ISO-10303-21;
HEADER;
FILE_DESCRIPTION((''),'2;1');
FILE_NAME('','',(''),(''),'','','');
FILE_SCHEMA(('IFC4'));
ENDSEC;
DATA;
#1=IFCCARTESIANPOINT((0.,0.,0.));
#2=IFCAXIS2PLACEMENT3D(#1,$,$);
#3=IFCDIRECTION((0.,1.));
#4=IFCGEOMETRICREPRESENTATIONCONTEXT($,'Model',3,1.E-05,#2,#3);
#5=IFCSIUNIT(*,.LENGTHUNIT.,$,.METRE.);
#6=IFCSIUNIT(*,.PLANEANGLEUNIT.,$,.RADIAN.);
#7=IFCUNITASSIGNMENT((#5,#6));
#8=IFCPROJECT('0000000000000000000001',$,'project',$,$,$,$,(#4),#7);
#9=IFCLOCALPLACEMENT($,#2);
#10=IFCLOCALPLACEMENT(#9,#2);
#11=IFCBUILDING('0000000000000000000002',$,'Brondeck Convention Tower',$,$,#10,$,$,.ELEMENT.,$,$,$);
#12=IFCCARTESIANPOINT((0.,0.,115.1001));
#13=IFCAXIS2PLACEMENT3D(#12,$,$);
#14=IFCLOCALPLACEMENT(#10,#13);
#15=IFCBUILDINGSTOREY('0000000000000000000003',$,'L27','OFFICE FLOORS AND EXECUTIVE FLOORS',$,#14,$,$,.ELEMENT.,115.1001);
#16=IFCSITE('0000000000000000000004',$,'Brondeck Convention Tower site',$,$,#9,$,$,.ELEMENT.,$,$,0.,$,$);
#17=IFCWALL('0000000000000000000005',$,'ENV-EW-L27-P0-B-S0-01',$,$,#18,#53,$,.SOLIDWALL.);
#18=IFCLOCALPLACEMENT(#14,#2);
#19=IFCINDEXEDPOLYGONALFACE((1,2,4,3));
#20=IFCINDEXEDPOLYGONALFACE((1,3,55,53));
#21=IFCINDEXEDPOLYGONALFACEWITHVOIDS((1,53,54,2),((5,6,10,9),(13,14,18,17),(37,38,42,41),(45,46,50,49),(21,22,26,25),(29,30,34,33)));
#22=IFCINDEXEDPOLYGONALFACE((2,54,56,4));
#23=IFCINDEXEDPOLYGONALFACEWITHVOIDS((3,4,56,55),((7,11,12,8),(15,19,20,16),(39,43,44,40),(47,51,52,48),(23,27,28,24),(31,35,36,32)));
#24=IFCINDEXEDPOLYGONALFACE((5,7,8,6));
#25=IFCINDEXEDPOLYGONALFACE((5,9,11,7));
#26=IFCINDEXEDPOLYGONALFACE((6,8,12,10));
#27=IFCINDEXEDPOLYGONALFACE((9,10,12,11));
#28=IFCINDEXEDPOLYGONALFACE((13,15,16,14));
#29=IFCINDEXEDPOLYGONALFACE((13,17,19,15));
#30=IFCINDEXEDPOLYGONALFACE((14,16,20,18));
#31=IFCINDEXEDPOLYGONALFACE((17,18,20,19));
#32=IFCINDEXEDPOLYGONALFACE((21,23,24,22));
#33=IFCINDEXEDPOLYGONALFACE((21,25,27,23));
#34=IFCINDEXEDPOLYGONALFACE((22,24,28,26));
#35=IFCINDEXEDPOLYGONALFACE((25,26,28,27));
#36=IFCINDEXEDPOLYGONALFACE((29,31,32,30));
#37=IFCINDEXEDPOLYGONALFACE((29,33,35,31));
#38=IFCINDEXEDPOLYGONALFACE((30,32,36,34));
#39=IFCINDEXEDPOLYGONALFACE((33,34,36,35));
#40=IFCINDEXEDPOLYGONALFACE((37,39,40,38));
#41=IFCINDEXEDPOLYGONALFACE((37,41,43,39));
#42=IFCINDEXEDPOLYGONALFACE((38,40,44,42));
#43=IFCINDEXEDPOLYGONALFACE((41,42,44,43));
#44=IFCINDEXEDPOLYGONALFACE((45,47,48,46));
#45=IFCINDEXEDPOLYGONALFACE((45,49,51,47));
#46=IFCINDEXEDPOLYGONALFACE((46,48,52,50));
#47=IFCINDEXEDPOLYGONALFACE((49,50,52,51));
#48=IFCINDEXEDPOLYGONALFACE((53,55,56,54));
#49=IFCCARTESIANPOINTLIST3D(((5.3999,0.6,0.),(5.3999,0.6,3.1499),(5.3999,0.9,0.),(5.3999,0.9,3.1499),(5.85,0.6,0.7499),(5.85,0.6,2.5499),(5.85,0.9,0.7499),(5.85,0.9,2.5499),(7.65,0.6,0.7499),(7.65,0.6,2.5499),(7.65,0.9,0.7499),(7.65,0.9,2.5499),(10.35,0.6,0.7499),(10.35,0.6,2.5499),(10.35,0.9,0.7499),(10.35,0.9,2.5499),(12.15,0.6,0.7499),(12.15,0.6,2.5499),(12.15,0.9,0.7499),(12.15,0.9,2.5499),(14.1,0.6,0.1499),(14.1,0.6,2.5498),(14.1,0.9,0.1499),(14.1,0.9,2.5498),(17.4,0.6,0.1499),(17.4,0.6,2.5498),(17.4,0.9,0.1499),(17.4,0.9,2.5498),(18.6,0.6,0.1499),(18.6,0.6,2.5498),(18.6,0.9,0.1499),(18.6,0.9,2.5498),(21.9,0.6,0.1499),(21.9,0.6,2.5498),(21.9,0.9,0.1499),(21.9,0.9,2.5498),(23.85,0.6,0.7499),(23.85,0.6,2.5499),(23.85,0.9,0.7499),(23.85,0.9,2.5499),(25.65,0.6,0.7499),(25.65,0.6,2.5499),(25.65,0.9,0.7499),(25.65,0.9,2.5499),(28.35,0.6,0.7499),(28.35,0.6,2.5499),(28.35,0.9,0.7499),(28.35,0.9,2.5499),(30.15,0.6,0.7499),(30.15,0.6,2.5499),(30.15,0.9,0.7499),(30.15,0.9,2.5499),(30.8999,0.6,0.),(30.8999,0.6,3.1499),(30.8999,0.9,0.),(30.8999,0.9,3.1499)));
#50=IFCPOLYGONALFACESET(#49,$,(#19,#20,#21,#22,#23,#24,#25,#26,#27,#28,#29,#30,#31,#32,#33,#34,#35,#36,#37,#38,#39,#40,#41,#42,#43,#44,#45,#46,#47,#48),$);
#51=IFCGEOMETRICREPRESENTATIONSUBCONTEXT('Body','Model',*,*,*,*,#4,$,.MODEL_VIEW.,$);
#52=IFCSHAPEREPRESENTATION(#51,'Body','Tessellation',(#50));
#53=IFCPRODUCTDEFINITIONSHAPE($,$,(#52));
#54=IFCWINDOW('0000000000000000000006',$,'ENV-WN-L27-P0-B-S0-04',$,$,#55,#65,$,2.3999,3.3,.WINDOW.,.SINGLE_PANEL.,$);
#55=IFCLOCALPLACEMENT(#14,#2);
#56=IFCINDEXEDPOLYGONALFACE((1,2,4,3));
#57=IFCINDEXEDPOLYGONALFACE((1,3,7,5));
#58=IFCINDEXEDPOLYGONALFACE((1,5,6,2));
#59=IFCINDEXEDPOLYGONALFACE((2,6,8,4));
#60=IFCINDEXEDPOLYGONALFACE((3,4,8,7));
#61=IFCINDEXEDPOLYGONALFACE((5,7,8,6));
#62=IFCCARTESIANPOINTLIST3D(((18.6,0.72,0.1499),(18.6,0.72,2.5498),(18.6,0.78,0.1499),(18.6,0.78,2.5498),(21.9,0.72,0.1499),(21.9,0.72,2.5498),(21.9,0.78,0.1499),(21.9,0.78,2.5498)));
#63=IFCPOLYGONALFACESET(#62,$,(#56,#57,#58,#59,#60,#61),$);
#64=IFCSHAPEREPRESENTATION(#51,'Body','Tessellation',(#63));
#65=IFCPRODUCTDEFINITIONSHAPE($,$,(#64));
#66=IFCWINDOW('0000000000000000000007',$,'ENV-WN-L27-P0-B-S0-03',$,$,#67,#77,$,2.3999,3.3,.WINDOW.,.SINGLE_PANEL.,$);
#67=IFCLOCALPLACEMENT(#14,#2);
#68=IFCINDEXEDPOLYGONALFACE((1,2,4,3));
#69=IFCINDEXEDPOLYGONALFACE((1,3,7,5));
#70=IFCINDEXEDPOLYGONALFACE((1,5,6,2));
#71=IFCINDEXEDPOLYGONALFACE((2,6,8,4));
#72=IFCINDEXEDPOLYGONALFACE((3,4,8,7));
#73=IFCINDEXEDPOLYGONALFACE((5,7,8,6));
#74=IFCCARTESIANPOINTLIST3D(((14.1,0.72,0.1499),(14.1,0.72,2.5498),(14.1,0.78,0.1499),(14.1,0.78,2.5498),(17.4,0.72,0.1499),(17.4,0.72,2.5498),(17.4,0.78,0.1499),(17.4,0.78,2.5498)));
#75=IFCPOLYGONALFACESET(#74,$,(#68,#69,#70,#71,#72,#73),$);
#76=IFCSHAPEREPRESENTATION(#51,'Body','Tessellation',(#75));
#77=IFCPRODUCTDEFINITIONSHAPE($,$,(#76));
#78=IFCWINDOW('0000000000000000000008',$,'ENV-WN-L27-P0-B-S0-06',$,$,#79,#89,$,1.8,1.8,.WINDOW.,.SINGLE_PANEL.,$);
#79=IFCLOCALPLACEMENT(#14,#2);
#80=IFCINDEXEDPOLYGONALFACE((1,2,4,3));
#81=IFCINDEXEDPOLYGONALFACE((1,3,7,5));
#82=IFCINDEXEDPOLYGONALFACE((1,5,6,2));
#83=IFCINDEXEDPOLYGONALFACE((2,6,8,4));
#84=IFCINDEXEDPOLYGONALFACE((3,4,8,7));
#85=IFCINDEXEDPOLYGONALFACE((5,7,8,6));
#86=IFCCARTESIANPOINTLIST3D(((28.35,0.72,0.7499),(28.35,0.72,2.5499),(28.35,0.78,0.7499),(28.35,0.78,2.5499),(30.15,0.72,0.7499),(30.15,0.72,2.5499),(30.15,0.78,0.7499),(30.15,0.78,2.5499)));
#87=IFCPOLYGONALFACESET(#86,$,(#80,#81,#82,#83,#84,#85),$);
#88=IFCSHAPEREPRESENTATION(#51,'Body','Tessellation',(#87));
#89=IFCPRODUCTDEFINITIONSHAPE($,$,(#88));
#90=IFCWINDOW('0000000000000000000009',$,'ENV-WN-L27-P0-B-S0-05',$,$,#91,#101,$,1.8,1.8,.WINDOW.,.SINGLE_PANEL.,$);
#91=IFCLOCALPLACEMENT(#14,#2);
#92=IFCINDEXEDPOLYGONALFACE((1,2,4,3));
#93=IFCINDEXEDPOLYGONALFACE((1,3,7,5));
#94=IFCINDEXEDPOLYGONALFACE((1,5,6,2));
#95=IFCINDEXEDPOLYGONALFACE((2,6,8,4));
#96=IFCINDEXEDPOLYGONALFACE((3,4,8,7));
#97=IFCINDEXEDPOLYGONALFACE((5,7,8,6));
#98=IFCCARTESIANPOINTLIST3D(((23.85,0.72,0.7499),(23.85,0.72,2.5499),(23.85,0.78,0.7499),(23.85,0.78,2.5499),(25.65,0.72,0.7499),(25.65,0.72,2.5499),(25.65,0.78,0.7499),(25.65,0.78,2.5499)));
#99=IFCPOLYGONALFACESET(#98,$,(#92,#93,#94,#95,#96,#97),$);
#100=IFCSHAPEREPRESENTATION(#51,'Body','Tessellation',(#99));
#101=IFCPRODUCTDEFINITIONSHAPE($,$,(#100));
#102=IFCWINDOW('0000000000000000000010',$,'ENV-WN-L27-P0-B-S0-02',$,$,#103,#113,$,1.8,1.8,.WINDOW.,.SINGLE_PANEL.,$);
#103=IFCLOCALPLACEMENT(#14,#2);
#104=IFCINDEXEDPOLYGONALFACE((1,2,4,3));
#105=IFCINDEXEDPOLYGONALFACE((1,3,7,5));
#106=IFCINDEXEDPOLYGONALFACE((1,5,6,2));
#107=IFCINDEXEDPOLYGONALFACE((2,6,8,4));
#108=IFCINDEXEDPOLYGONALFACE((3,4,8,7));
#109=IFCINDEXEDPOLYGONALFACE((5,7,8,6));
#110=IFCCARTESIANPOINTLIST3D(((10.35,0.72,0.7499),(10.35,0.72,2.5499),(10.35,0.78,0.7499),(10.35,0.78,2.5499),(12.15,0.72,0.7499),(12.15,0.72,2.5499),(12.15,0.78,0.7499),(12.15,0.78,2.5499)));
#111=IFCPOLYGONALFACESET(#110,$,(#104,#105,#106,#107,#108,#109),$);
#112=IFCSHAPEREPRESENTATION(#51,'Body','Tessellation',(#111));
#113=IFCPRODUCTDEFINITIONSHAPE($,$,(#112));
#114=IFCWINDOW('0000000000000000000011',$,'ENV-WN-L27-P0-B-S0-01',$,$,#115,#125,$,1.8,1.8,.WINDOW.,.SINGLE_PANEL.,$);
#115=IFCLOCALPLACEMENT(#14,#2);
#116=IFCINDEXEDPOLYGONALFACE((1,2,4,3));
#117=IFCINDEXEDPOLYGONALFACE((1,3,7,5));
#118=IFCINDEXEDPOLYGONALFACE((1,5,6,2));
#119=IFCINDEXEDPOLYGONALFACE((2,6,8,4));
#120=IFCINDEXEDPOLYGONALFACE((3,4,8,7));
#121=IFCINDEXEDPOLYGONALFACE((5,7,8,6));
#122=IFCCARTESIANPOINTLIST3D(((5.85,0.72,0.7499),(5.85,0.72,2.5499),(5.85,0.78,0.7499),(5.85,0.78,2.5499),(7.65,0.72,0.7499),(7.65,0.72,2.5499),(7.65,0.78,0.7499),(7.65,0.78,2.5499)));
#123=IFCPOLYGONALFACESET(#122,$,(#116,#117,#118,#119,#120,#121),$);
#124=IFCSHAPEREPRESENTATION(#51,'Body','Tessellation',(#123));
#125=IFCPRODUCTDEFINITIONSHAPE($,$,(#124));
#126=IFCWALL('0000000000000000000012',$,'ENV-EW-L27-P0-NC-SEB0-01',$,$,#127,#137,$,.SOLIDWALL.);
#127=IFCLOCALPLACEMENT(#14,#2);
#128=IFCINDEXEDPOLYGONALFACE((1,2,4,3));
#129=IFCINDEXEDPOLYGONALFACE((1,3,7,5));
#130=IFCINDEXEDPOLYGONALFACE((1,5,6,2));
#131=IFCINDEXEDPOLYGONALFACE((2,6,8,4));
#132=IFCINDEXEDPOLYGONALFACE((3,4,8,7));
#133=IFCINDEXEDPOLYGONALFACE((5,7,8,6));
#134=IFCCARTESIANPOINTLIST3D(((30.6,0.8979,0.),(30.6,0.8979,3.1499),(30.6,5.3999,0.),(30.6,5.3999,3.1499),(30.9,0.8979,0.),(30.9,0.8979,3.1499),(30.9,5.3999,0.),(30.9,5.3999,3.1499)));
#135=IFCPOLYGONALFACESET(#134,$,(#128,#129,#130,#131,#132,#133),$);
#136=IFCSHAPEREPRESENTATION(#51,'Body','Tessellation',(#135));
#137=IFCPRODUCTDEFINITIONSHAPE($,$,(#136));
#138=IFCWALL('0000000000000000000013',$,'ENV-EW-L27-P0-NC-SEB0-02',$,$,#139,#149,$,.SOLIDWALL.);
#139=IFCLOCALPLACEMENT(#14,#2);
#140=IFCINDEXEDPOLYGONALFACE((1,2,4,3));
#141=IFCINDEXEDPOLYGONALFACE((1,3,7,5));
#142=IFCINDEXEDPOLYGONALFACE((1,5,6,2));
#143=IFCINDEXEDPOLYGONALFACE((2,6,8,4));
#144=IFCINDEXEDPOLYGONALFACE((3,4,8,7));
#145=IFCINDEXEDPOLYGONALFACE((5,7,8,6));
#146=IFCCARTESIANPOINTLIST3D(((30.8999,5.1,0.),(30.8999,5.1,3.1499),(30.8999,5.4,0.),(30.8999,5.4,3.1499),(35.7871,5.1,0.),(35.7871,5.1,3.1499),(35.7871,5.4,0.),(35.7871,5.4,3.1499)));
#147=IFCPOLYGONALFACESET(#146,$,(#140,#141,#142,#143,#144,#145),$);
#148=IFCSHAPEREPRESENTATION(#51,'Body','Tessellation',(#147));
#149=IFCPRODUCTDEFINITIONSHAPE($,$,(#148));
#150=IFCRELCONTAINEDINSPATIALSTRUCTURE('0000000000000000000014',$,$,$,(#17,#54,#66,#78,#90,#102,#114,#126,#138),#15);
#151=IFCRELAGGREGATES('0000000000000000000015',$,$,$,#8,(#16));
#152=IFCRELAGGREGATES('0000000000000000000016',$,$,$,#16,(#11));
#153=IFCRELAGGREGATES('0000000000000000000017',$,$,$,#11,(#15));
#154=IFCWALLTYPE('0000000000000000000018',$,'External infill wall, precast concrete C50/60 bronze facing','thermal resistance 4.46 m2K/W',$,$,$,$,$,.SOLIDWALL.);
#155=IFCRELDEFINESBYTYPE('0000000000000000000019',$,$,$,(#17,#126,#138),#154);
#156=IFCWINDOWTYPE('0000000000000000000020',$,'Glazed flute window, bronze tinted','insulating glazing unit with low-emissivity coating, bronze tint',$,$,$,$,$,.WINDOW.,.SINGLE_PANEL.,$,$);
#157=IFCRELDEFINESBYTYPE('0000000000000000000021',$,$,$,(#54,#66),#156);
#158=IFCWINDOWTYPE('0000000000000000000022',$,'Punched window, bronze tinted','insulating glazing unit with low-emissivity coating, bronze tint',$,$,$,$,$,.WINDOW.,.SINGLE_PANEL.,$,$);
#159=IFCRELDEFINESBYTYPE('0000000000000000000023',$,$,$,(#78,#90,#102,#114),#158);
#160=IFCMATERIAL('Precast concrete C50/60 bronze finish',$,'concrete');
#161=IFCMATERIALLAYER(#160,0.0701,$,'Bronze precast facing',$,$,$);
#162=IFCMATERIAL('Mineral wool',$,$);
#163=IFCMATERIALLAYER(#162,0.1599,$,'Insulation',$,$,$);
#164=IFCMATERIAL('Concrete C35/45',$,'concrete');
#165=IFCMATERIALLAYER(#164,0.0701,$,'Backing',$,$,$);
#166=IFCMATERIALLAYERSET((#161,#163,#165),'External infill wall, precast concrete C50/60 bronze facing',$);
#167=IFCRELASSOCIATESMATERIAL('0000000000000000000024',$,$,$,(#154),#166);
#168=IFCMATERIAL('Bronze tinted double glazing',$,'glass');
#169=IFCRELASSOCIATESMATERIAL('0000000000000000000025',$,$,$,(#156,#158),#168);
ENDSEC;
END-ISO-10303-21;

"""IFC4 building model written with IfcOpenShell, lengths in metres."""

from ifc_helpers import new_model, si_unit, direction, frame, frame_2d, origin, place, context, subcontext, project, spatial, rectangle, extrude, material, layer, layer_set, type_object, element, fill, save


model = new_model("IFC4")

# Units and contexts
model_context = context("Model", 3, precision=1e-05, world=origin(), true_north=direction((0.0, 1.0)))
body_context = subcontext(model_context, "Body", "Model", "MODEL_VIEW")
ifc_project = project(units=[si_unit("LENGTHUNIT", "METRE"), si_unit("PLANEANGLEUNIT", "RADIAN")], contexts=[model_context])

# Site, building, storey
site_placement = place(None, origin())
site = spatial("IfcSite", under=ifc_project, at=site_placement, Name="Brondeck Convention Tower site", CompositionType="ELEMENT", RefElevation=0.0)
building_placement = place(site_placement, origin())
building = spatial("IfcBuilding", under=site, at=building_placement, Name="Brondeck Convention Tower", CompositionType="ELEMENT")
storey_placement = place(building_placement, frame((0.0, 0.0, 115.1001)))
storey = spatial("IfcBuildingStorey", under=building, at=storey_placement, Name="L27", Description="OFFICE FLOORS AND EXECUTIVE FLOORS", CompositionType="ELEMENT", Elevation=115.1001)

# Wall, openings, windows
ifc_material_1 = material(Name="Precast concrete C50/60 bronze finish", Category="concrete")
ifc_layer_1 = layer(ifc_material_1, 0.0701, Name="Bronze precast facing")
ifc_material_2 = material(Name="Mineral wool")
ifc_layer_2 = layer(ifc_material_2, 0.1599, Name="Insulation")
ifc_material_3 = material(Name="Concrete C35/45", Category="concrete")
ifc_layer_3 = layer(ifc_material_3, 0.0701, Name="Backing")
ifc_layer_set = layer_set([ifc_layer_1, ifc_layer_2, ifc_layer_3], Name="External infill wall, precast concrete C50/60 bronze facing")
wall_type = type_object("IfcWallType", Name="External infill wall, precast concrete C50/60 bronze facing", Description="thermal resistance 4.46 m2K/W", PredefinedType="SOLIDWALL", material=ifc_layer_set)
wall_1_placement = place(storey_placement, frame((30.8999, 0.75, 0.0), z_axis=(0.0, 0.0, 1.0), x_axis=(-1.0, 0.0, 0.0)))
wall_1 = element("IfcWall", 1, at=wall_1_placement, inside=storey, type_object=wall_type, Name="ENV-EW-L27-P0-B-S0-01", PredefinedType="SOLIDWALL", context=body_context, shape_type="SweptSolid", body=[
    extrude(rectangle(XDim=25.5, YDim=0.3, at=frame_2d((12.75, 0.0))), origin(), (0.0, 0.0, 1.0), 3.1499),
])
opening_1_placement = place(wall_1_placement, frame((0.75, 0.0, 0.75)))
opening_1 = element("IfcOpeningElement", 2, at=opening_1_placement, cuts=wall_1, PredefinedType="OPENING", context=body_context, shape_type="SweptSolid", body=[
    extrude(rectangle(XDim=1.8, YDim=1.8, at=frame_2d((0.8999, 0.8999))), frame((0.0, 0.1599, 0.0), z_axis=(0.0, -1.0, 0.0), x_axis=(1.0, 0.0, 0.0)), (0.0, 0.0, 1.0), 0.3201),
])
opening_2_placement = place(wall_1_placement, frame((5.25, 0.0, 0.75)))
opening_2 = element("IfcOpeningElement", 3, at=opening_2_placement, cuts=wall_1, PredefinedType="OPENING", context=body_context, shape_type="SweptSolid", body=[
    extrude(rectangle(XDim=1.8, YDim=1.8, at=frame_2d((0.8999, 0.8999))), frame((0.0, 0.1599, 0.0), z_axis=(0.0, -1.0, 0.0), x_axis=(1.0, 0.0, 0.0)), (0.0, 0.0, 1.0), 0.3201),
])
opening_3_placement = place(wall_1_placement, frame((9.0, 0.0, 0.1499)))
opening_3 = element("IfcOpeningElement", 4, at=opening_3_placement, cuts=wall_1, PredefinedType="OPENING", context=body_context, shape_type="SweptSolid", body=[
    extrude(rectangle(XDim=3.3, YDim=2.3999, at=frame_2d((1.6499, 1.2))), frame((0.0, 0.1599, 0.0), z_axis=(0.0, -1.0, 0.0), x_axis=(1.0, 0.0, 0.0)), (0.0, 0.0, 1.0), 0.3201),
])
opening_4_placement = place(wall_1_placement, frame((13.5, 0.0, 0.1499)))
opening_4 = element("IfcOpeningElement", 5, at=opening_4_placement, cuts=wall_1, PredefinedType="OPENING", context=body_context, shape_type="SweptSolid", body=[
    extrude(rectangle(XDim=3.3, YDim=2.3999, at=frame_2d((1.6499, 1.2))), frame((0.0, 0.1599, 0.0), z_axis=(0.0, -1.0, 0.0), x_axis=(1.0, 0.0, 0.0)), (0.0, 0.0, 1.0), 0.3201),
])
opening_5_placement = place(wall_1_placement, frame((18.75, 0.0, 0.75)))
opening_5 = element("IfcOpeningElement", 6, at=opening_5_placement, cuts=wall_1, PredefinedType="OPENING", context=body_context, shape_type="SweptSolid", body=[
    extrude(rectangle(XDim=1.8, YDim=1.8, at=frame_2d((0.8999, 0.8999))), frame((0.0, 0.1599, 0.0), z_axis=(0.0, -1.0, 0.0), x_axis=(1.0, 0.0, 0.0)), (0.0, 0.0, 1.0), 0.3201),
])
opening_6_placement = place(wall_1_placement, frame((23.25, 0.0, 0.75)))
opening_6 = element("IfcOpeningElement", 7, at=opening_6_placement, cuts=wall_1, PredefinedType="OPENING", context=body_context, shape_type="SweptSolid", body=[
    extrude(rectangle(XDim=1.8, YDim=1.8, at=frame_2d((0.8999, 0.8999))), frame((0.0, 0.1599, 0.0), z_axis=(0.0, -1.0, 0.0), x_axis=(1.0, 0.0, 0.0)), (0.0, 0.0, 1.0), 0.3201),
])
ifc_material_4 = material(Name="Bronze tinted double glazing", Category="glass")
window_type_1 = type_object("IfcWindowType", Name="Glazed flute window, bronze tinted", Description="insulating glazing unit with low-emissivity coating, bronze tint", PartitioningType="SINGLE_PANEL", PredefinedType="WINDOW", material=ifc_material_4)
window_1_placement = place(opening_3_placement, origin())
window_1 = element("IfcWindow", 8, at=window_1_placement, inside=storey, type_object=window_type_1, Name="ENV-WN-L27-P0-B-S0-04", OverallHeight=2.3999, OverallWidth=3.3, PartitioningType="SINGLE_PANEL", PredefinedType="WINDOW", context=body_context, shape_type="SweptSolid", body=[
    extrude(rectangle(XDim=3.3, YDim=2.3999, at=frame_2d((1.6499, 1.2))), frame((0.0, 0.03, 0.0), z_axis=(0.0, -1.0, 0.0), x_axis=(1.0, 0.0, 0.0)), (0.0, 0.0, 1.0), 0.0601),
])
fill(opening_3, window_1)
window_2_placement = place(opening_4_placement, origin())
window_2 = element("IfcWindow", 9, at=window_2_placement, inside=storey, type_object=window_type_1, Name="ENV-WN-L27-P0-B-S0-03", OverallHeight=2.3999, OverallWidth=3.3, PartitioningType="SINGLE_PANEL", PredefinedType="WINDOW", context=body_context, shape_type="SweptSolid", body=[
    extrude(rectangle(XDim=3.3, YDim=2.3999, at=frame_2d((1.6499, 1.2))), frame((0.0, 0.03, 0.0), z_axis=(0.0, -1.0, 0.0), x_axis=(1.0, 0.0, 0.0)), (0.0, 0.0, 1.0), 0.0601),
])
fill(opening_4, window_2)
window_type_2 = type_object("IfcWindowType", Name="Punched window, bronze tinted", Description="insulating glazing unit with low-emissivity coating, bronze tint", PartitioningType="SINGLE_PANEL", PredefinedType="WINDOW", material=ifc_material_4)
window_3_placement = place(opening_1_placement, origin())
window_3 = element("IfcWindow", 10, at=window_3_placement, inside=storey, type_object=window_type_2, Name="ENV-WN-L27-P0-B-S0-06", OverallHeight=1.8, OverallWidth=1.8, PartitioningType="SINGLE_PANEL", PredefinedType="WINDOW", context=body_context, shape_type="SweptSolid", body=[
    extrude(rectangle(XDim=1.8, YDim=1.8, at=frame_2d((0.8999, 0.8999))), frame((0.0, 0.03, 0.0), z_axis=(0.0, -1.0, 0.0), x_axis=(1.0, 0.0, 0.0)), (0.0, 0.0, 1.0), 0.0601),
])
fill(opening_1, window_3)
window_4_placement = place(opening_2_placement, origin())
window_4 = element("IfcWindow", 11, at=window_4_placement, inside=storey, type_object=window_type_2, Name="ENV-WN-L27-P0-B-S0-05", OverallHeight=1.8, OverallWidth=1.8, PartitioningType="SINGLE_PANEL", PredefinedType="WINDOW", context=body_context, shape_type="SweptSolid", body=[
    extrude(rectangle(XDim=1.8, YDim=1.8, at=frame_2d((0.8999, 0.8999))), frame((0.0, 0.03, 0.0), z_axis=(0.0, -1.0, 0.0), x_axis=(1.0, 0.0, 0.0)), (0.0, 0.0, 1.0), 0.0601),
])
fill(opening_2, window_4)
window_5_placement = place(opening_5_placement, origin())
window_5 = element("IfcWindow", 12, at=window_5_placement, inside=storey, type_object=window_type_2, Name="ENV-WN-L27-P0-B-S0-02", OverallHeight=1.8, OverallWidth=1.8, PartitioningType="SINGLE_PANEL", PredefinedType="WINDOW", context=body_context, shape_type="SweptSolid", body=[
    extrude(rectangle(XDim=1.8, YDim=1.8, at=frame_2d((0.8999, 0.8999))), frame((0.0, 0.03, 0.0), z_axis=(0.0, -1.0, 0.0), x_axis=(1.0, 0.0, 0.0)), (0.0, 0.0, 1.0), 0.0601),
])
fill(opening_5, window_5)
window_6_placement = place(opening_6_placement, origin())
window_6 = element("IfcWindow", 13, at=window_6_placement, inside=storey, type_object=window_type_2, Name="ENV-WN-L27-P0-B-S0-01", OverallHeight=1.8, OverallWidth=1.8, PartitioningType="SINGLE_PANEL", PredefinedType="WINDOW", context=body_context, shape_type="SweptSolid", body=[
    extrude(rectangle(XDim=1.8, YDim=1.8, at=frame_2d((0.8999, 0.8999))), frame((0.0, 0.03, 0.0), z_axis=(0.0, -1.0, 0.0), x_axis=(1.0, 0.0, 0.0)), (0.0, 0.0, 1.0), 0.0601),
])
fill(opening_6, window_6)

# Walls
wall_2_placement = place(storey_placement, frame((30.75, 5.3999, 0.0), z_axis=(0.0, 0.0, 1.0), x_axis=(0.0, -1.0, 0.0)))
element("IfcWall", 14, at=wall_2_placement, inside=storey, type_object=wall_type, Name="ENV-EW-L27-P0-NC-SEB0-01", PredefinedType="SOLIDWALL", context=body_context, shape_type="SweptSolid", body=[
    extrude(rectangle(XDim=4.502, YDim=0.3, at=frame_2d((2.251, 0.0))), origin(), (0.0, 0.0, 1.0), 3.1499),
])
wall_3_placement = place(storey_placement, frame((35.7871, 5.25, 0.0), z_axis=(0.0, 0.0, 1.0), x_axis=(-1.0, 0.0, 0.0)))
element("IfcWall", 15, at=wall_3_placement, inside=storey, type_object=wall_type, Name="ENV-EW-L27-P0-NC-SEB0-02", PredefinedType="SOLIDWALL", context=body_context, shape_type="SweptSolid", body=[
    extrude(rectangle(XDim=4.8872, YDim=0.3, at=frame_2d((2.4436, 0.0))), origin(), (0.0, 0.0, 1.0), 3.1499),
])

save(model, "model.ifc")
